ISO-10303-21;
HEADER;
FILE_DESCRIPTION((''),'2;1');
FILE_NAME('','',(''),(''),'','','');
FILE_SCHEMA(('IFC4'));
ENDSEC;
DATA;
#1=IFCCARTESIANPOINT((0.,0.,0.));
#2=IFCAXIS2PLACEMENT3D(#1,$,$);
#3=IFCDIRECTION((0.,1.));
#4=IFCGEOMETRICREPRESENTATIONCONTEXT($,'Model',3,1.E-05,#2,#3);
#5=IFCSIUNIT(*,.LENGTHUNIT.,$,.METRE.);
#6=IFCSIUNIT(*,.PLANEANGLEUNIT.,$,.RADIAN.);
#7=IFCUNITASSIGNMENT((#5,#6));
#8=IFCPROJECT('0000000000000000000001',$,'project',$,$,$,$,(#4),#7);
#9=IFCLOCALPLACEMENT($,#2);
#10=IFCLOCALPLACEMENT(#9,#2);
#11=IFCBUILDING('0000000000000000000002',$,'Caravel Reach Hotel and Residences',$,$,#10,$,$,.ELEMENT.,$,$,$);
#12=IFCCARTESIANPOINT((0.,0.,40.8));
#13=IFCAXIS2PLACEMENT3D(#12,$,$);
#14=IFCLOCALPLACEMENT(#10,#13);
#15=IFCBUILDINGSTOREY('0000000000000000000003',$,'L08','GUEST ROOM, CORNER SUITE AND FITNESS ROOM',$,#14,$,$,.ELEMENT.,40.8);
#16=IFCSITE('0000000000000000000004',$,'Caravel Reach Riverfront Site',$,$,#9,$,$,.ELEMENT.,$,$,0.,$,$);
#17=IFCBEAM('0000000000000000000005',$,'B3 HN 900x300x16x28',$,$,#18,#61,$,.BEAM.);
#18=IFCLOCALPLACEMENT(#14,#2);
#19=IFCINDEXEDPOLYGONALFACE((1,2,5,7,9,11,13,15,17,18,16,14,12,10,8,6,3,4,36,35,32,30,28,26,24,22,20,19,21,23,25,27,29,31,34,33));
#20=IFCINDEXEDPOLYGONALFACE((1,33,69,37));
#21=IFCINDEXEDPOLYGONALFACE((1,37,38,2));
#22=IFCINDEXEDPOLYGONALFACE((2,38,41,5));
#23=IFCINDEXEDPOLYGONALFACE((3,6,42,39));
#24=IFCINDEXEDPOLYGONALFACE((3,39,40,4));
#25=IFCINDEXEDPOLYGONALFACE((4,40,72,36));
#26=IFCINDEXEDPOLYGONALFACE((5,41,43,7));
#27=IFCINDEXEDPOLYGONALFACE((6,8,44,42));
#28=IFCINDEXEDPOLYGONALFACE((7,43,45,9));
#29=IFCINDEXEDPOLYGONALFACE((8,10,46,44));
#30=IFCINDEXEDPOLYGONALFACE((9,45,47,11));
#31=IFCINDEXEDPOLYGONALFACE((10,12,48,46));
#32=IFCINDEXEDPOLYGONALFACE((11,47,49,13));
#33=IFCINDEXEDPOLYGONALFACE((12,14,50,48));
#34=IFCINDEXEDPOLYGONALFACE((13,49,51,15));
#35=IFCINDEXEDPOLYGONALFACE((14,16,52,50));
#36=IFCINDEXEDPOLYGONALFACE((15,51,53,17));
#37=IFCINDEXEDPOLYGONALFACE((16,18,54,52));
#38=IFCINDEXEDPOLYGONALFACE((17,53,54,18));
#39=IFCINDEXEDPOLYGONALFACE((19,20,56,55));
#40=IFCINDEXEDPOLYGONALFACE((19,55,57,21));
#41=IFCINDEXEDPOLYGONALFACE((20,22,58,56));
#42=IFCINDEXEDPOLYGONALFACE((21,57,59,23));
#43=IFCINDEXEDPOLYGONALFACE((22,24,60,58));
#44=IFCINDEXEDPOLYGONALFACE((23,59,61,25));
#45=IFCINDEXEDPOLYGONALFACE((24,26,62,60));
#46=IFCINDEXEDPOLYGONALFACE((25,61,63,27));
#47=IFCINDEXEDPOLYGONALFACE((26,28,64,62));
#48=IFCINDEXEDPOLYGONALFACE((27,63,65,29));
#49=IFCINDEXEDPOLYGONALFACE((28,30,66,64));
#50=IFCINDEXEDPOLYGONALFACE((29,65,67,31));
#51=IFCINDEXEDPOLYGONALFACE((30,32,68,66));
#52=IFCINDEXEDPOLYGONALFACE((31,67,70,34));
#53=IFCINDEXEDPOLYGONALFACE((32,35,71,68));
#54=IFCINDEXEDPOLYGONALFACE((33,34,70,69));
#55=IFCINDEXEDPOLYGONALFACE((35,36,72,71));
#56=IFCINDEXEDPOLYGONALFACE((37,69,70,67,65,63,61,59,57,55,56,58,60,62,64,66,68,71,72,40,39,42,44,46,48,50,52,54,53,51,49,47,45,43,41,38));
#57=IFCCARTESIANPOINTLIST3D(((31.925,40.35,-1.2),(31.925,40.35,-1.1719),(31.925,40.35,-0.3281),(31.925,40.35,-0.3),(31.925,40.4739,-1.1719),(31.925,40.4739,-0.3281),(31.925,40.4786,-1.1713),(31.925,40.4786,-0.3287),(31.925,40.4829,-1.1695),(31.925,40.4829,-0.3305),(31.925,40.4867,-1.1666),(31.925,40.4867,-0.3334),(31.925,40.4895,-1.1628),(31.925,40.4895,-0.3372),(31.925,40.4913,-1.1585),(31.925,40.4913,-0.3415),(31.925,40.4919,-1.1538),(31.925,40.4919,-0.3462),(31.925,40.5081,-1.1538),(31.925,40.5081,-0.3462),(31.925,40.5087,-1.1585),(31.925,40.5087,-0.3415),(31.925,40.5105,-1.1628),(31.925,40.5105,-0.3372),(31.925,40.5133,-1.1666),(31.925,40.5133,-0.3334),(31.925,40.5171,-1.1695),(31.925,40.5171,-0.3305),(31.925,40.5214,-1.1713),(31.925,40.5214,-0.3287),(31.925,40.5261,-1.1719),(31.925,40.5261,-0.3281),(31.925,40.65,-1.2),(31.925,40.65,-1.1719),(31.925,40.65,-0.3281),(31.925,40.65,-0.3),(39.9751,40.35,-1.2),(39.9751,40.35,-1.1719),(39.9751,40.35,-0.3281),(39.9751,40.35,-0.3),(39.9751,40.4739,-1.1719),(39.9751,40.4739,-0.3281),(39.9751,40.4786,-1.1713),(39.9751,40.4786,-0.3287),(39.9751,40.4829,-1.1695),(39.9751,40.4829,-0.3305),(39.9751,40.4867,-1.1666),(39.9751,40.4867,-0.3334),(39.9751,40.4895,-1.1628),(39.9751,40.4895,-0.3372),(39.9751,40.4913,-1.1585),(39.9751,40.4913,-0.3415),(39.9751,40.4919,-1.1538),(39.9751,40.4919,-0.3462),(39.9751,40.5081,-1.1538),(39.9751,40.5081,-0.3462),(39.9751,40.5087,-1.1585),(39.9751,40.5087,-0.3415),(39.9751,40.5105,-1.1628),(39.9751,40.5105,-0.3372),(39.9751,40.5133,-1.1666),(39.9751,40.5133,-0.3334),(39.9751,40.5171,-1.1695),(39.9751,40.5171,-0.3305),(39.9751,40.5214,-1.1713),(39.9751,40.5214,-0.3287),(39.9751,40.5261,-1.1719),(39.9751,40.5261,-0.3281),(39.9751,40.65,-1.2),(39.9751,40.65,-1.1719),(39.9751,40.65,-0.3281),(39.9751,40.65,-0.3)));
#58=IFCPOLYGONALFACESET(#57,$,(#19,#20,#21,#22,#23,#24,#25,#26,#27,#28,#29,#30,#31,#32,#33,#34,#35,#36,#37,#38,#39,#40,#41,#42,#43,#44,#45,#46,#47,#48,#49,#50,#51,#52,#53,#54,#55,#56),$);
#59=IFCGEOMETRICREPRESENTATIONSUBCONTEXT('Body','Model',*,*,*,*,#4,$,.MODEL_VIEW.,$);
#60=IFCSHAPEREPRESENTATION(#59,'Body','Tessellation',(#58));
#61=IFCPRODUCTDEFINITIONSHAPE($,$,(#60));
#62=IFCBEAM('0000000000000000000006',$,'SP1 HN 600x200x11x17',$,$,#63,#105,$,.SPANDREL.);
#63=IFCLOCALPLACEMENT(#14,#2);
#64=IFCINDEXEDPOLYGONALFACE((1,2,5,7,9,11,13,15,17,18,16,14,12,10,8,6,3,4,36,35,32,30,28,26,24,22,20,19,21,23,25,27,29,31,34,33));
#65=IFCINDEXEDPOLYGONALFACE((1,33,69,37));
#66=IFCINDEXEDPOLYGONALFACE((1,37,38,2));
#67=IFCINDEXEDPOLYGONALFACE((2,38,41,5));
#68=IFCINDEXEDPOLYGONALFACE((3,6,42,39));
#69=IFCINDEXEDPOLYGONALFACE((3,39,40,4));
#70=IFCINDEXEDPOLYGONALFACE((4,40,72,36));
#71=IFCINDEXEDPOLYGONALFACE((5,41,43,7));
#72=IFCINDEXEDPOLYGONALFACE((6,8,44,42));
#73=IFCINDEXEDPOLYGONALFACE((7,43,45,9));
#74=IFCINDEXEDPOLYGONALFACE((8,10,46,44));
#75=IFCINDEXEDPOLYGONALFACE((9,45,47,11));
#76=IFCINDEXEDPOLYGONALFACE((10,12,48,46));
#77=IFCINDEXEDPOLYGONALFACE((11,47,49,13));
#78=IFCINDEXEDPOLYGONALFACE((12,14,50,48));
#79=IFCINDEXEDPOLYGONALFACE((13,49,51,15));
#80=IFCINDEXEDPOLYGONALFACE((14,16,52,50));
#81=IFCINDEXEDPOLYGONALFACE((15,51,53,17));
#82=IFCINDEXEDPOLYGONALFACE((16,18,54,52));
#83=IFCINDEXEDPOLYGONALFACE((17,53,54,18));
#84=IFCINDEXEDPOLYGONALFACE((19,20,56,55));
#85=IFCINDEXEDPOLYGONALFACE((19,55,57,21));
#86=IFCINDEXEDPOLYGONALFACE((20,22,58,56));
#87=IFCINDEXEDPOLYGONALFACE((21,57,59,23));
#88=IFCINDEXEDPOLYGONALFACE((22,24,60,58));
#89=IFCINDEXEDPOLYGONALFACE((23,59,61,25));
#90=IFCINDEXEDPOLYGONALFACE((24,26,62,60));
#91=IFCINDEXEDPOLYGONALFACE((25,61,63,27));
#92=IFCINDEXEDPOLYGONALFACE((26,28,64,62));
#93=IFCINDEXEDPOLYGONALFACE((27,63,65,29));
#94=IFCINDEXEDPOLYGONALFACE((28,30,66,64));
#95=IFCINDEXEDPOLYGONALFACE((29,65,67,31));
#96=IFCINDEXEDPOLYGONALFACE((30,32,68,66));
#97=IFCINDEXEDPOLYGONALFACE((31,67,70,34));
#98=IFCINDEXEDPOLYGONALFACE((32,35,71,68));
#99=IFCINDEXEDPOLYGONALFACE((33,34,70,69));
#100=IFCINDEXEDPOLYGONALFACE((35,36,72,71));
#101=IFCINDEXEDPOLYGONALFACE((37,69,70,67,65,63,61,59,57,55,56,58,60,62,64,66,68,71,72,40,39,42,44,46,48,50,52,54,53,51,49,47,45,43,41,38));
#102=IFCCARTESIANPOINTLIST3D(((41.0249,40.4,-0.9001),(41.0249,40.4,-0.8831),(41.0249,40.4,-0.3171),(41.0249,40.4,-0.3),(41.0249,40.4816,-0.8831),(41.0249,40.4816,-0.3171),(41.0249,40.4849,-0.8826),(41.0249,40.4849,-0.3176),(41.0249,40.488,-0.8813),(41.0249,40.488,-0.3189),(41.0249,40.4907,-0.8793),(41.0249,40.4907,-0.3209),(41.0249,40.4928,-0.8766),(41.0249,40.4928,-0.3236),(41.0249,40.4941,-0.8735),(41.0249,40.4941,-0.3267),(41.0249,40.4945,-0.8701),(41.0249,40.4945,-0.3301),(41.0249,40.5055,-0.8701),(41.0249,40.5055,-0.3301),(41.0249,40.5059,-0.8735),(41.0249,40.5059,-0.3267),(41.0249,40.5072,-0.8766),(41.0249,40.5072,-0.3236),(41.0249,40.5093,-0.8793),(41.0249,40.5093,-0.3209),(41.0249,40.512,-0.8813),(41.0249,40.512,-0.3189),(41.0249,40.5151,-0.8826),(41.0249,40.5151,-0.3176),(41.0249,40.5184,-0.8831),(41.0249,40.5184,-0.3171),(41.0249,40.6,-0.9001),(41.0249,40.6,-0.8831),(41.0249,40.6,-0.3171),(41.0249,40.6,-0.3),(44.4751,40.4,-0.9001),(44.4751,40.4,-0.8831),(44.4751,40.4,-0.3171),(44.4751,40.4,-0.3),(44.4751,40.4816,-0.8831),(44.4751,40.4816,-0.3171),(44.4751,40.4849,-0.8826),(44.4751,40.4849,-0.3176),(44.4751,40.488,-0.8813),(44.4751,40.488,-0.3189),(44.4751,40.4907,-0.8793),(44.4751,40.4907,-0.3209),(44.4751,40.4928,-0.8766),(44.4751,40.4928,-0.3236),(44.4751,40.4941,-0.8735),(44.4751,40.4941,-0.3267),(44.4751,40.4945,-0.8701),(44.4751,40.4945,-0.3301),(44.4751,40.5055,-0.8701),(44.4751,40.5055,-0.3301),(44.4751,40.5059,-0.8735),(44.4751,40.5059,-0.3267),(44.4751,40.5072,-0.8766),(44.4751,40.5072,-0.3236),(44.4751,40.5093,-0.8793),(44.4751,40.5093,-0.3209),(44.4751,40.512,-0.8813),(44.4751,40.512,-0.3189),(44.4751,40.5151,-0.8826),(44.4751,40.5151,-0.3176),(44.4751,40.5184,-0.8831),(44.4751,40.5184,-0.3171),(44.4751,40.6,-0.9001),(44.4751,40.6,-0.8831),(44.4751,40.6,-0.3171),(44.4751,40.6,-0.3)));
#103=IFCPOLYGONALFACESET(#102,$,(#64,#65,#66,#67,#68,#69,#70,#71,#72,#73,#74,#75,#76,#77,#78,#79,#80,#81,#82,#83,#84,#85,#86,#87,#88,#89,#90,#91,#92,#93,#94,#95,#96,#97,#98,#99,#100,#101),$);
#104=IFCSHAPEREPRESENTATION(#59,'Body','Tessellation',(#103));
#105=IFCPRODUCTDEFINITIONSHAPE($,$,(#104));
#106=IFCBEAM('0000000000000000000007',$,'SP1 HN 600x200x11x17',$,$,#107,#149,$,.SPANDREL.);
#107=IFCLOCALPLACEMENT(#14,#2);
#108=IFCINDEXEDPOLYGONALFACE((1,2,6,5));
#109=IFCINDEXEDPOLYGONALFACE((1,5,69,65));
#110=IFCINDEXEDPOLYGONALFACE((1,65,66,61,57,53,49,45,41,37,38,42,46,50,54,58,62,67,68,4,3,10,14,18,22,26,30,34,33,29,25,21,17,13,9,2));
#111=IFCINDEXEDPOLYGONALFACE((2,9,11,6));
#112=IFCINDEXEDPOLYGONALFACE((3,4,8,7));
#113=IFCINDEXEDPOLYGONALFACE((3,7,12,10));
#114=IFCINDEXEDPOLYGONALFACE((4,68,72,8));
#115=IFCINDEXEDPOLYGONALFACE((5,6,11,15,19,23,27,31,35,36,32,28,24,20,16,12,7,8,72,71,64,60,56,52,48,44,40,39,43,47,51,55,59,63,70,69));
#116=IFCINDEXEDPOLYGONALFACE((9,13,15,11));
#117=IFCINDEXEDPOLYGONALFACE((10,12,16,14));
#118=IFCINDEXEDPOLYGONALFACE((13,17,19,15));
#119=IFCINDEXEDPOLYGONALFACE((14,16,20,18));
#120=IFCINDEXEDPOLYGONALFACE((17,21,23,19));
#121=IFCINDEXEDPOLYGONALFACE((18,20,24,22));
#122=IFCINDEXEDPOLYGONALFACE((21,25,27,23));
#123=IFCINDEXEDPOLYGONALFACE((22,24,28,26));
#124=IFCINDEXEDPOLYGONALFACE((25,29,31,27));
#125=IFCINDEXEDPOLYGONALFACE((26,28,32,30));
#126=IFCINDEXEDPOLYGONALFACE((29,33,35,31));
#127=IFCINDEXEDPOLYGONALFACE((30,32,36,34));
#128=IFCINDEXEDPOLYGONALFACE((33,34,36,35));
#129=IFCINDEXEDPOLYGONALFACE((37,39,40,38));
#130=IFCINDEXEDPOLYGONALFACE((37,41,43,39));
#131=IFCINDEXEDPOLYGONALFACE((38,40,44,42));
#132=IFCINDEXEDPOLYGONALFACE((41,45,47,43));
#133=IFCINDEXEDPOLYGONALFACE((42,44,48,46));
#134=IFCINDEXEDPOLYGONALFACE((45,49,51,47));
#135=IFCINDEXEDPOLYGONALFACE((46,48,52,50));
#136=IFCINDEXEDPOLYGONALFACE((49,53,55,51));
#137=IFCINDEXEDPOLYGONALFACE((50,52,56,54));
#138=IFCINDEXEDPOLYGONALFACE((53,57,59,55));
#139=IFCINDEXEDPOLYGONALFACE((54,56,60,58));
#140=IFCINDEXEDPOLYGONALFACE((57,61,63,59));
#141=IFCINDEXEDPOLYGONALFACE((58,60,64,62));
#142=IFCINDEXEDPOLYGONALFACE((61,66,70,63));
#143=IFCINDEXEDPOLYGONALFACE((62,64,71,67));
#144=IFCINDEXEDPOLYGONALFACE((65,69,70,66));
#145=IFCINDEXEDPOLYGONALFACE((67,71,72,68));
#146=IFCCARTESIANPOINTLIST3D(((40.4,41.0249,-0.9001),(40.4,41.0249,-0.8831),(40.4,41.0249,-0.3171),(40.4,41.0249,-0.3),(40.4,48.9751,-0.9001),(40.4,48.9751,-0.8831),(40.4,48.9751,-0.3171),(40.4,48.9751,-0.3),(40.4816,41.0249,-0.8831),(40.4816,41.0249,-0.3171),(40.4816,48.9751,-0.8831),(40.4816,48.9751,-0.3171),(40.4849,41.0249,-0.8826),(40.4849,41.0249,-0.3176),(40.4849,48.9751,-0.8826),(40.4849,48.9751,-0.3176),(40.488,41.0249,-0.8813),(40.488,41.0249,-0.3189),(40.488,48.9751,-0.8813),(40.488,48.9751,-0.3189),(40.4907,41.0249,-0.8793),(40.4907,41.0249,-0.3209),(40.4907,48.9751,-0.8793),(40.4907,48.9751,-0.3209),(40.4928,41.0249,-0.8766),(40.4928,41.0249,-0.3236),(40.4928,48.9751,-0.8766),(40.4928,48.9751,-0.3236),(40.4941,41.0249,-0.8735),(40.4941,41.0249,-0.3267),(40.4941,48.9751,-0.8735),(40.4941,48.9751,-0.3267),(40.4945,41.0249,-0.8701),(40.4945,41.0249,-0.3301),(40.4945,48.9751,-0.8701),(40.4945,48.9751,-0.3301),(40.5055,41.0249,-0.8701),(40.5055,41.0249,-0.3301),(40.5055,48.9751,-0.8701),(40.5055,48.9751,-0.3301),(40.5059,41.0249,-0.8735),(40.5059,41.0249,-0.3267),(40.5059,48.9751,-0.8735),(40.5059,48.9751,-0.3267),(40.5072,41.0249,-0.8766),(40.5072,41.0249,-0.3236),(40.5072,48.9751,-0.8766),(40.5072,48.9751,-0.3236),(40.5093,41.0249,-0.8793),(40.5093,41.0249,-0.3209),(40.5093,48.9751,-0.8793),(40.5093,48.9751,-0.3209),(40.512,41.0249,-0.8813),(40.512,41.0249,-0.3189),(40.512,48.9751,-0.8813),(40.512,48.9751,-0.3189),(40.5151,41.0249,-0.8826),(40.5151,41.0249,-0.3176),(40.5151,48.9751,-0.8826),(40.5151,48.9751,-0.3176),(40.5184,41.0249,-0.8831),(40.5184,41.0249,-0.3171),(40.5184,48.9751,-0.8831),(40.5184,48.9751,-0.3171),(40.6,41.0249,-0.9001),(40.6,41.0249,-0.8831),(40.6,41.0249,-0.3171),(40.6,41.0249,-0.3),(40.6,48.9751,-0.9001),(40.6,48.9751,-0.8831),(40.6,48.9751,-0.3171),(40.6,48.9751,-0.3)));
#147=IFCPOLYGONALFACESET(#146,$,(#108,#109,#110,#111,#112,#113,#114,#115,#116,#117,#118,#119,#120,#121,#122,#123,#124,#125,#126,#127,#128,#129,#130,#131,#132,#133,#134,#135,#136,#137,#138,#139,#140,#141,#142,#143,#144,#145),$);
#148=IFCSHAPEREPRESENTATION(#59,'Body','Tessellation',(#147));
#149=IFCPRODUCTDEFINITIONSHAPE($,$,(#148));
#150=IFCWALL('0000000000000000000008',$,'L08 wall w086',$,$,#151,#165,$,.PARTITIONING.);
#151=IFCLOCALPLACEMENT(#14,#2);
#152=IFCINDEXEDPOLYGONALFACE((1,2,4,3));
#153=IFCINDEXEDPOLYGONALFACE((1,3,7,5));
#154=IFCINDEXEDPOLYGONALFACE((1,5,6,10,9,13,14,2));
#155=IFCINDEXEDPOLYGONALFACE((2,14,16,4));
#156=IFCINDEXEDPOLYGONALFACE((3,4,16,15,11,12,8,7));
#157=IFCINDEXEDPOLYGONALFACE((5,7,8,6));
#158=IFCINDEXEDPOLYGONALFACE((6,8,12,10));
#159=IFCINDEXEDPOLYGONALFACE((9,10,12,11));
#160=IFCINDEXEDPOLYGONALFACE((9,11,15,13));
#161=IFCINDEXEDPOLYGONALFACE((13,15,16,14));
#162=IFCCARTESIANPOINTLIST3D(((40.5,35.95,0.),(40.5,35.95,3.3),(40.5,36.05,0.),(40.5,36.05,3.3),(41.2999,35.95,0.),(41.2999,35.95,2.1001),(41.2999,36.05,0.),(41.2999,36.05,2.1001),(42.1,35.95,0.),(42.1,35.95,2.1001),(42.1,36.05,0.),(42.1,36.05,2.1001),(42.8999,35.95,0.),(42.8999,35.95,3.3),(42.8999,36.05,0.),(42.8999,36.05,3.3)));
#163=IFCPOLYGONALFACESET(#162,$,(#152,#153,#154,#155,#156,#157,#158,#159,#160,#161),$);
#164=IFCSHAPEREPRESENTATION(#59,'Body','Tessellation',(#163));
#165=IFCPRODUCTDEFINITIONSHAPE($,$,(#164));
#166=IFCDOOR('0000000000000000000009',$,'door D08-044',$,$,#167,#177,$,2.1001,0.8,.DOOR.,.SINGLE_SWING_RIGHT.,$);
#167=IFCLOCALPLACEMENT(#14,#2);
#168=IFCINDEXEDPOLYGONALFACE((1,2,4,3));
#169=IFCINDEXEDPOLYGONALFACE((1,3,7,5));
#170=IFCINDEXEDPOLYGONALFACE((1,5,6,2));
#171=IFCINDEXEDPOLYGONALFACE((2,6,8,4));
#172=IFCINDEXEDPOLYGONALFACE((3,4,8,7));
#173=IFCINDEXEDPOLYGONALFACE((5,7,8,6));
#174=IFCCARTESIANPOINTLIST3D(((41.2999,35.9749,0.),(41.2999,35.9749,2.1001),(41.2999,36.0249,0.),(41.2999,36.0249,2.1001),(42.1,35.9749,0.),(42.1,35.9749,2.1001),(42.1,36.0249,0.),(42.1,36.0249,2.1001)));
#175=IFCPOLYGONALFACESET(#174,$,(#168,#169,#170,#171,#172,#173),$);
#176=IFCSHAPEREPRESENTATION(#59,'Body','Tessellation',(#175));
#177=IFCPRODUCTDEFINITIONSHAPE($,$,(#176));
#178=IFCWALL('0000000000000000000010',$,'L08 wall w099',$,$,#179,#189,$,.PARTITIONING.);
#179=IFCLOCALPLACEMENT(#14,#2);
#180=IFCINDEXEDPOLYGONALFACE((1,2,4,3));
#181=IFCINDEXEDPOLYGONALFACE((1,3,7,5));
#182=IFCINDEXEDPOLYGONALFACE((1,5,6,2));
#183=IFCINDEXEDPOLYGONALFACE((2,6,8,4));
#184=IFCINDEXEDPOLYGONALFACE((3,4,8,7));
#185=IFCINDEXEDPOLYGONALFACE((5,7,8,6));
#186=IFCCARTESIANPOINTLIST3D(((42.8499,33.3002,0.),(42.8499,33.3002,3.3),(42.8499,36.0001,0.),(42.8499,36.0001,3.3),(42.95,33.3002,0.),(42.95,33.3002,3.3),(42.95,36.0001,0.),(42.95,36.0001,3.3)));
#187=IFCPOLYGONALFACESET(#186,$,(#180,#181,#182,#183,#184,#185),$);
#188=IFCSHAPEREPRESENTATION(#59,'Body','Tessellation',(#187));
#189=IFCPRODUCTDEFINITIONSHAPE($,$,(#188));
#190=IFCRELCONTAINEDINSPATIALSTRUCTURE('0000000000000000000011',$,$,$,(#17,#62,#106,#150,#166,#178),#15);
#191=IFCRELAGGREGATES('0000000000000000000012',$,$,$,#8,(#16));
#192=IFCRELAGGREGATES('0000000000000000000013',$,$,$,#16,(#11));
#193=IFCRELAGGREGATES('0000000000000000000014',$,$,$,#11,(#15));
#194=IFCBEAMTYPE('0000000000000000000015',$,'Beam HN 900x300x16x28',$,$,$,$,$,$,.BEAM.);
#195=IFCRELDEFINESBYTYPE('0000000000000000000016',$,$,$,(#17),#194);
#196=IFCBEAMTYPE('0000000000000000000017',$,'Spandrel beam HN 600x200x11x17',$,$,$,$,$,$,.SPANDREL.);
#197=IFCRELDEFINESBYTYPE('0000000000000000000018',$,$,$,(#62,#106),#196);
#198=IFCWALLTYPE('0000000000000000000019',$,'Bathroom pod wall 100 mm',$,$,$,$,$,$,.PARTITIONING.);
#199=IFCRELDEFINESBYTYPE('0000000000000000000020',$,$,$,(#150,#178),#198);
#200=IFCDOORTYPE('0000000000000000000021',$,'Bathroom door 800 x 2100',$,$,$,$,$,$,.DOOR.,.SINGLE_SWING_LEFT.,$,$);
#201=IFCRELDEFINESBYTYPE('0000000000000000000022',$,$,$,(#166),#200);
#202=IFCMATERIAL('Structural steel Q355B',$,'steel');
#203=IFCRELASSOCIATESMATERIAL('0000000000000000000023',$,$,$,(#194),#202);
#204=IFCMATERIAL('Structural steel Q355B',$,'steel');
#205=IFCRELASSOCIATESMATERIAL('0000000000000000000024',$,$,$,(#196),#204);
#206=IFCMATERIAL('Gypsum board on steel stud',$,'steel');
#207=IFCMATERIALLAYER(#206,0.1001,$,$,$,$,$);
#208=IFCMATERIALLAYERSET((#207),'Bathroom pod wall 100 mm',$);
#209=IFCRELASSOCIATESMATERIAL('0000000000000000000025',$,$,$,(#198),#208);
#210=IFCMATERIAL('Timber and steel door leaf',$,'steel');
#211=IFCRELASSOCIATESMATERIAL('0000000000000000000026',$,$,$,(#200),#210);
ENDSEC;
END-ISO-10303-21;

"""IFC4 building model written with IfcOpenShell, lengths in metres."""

from ifc_helpers import new_model, si_unit, direction, frame, frame_2d, origin, origin_2d, place, context, subcontext, project, spatial, rectangle, i_section, extrude, material, layer, layer_set, material_profile, profile_set, type_object, element, fill, save


model = new_model("IFC4")

# Units and contexts
model_context = context("Model", 3, precision=1e-05, world=origin(), true_north=direction((0.0, 1.0)))
body_context = subcontext(model_context, "Body", "Model", "MODEL_VIEW")
ifc_project = project(units=[si_unit("LENGTHUNIT", "METRE"), si_unit("PLANEANGLEUNIT", "RADIAN")], contexts=[model_context])

# Site, building, storey
site_placement = place(None, origin())
site = spatial("IfcSite", under=ifc_project, at=site_placement, Name="Caravel Reach Riverfront Site", CompositionType="ELEMENT", RefElevation=0.0)
building_placement = place(site_placement, origin())
building = spatial("IfcBuilding", under=site, at=building_placement, Name="Caravel Reach Hotel and Residences", CompositionType="ELEMENT")
storey_placement = place(building_placement, frame((0.0, 0.0, 40.8)))
storey = spatial("IfcBuildingStorey", under=building, at=storey_placement, Name="L08", Description="GUEST ROOM, CORNER SUITE AND FITNESS ROOM", CompositionType="ELEMENT", Elevation=40.8)

# Beams
ifc_material_1 = material(Name="Structural steel Q355B", Category="steel")
ifc_material_profile_1 = material_profile(ifc_material_1, i_section(OverallWidth=0.3, OverallDepth=0.8999, WebThickness=0.0161, FlangeThickness=0.0281, FilletRadius=0.0181, at=origin_2d()), Name="HN 900x300x16x28")
ifc_profile_set_1 = profile_set([ifc_material_profile_1], Name="Structural steel Q355B")
beam_type_1 = type_object("IfcBeamType", Name="Beam HN 900x300x16x28", PredefinedType="BEAM", material=ifc_profile_set_1)
beam_1_placement = place(storey_placement, frame((31.925, 40.5, -0.75), z_axis=(1.0, 0.0, 0.0), x_axis=(0.0, 1.0, 0.0)))
element("IfcBeam", 1, at=beam_1_placement, inside=storey, type_object=beam_type_1, Name="B3 HN 900x300x16x28", PredefinedType="BEAM", context=body_context, shape_type="SweptSolid", body=[
    extrude(i_section(OverallWidth=0.3, OverallDepth=0.8999, WebThickness=0.0161, FlangeThickness=0.0281, FilletRadius=0.0181, at=origin_2d()), origin(), (0.0, 0.0, 1.0), 8.05),
])
ifc_material_2 = material(Name="Structural steel Q355B", Category="steel")
ifc_material_profile_2 = material_profile(ifc_material_2, i_section(OverallWidth=0.2, OverallDepth=0.6001, WebThickness=0.011, FlangeThickness=0.0171, FilletRadius=0.0129, at=origin_2d()), Name="HN 600x200x11x17")
ifc_profile_set_2 = profile_set([ifc_material_profile_2], Name="Structural steel Q355B")
beam_type_2 = type_object("IfcBeamType", Name="Spandrel beam HN 600x200x11x17", PredefinedType="SPANDREL", material=ifc_profile_set_2)
beam_2_placement = place(storey_placement, frame((44.4751, 40.5, -0.6001), z_axis=(-1.0, 0.0, 0.0), x_axis=(0.0, -1.0, 0.0)))
element("IfcBeam", 2, at=beam_2_placement, inside=storey, type_object=beam_type_2, Name="SP1 HN 600x200x11x17", PredefinedType="SPANDREL", context=body_context, shape_type="SweptSolid", body=[
    extrude(i_section(OverallWidth=0.2, OverallDepth=0.6001, WebThickness=0.011, FlangeThickness=0.0171, FilletRadius=0.0129, at=origin_2d()), origin(), (0.0, 0.0, 1.0), 3.4502),
])
beam_3_placement = place(storey_placement, frame((40.5, 41.0249, -0.6001), z_axis=(0.0, 1.0, 0.0), x_axis=(-1.0, 0.0, 0.0)))
element("IfcBeam", 3, at=beam_3_placement, inside=storey, type_object=beam_type_2, Name="SP1 HN 600x200x11x17", PredefinedType="SPANDREL", context=body_context, shape_type="SweptSolid", body=[
    extrude(i_section(OverallWidth=0.2, OverallDepth=0.6001, WebThickness=0.011, FlangeThickness=0.0171, FilletRadius=0.0129, at=origin_2d()), origin(), (0.0, 0.0, 1.0), 7.9502),
])

# Wall, opening, door
ifc_material_3 = material(Name="Gypsum board on steel stud", Category="steel")
ifc_layer_1 = layer(ifc_material_3, 0.1001)
ifc_layer_set_1 = layer_set([ifc_layer_1], Name="Bathroom pod wall 100 mm")
wall_type_1 = type_object("IfcWallType", Name="Bathroom pod wall 100 mm", PredefinedType="PARTITIONING", material=ifc_layer_set_1)
wall_1_placement = place(storey_placement, frame((40.5, 36.0, 0.0), z_axis=(0.0, 0.0, 1.0), x_axis=(1.0, 0.0, 0.0)))
wall_1 = element("IfcWall", 4, at=wall_1_placement, inside=storey, type_object=wall_type_1, Name="L08 wall w086", PredefinedType="PARTITIONING", context=body_context, shape_type="SweptSolid", body=[
    extrude(rectangle(XDim=2.3999, YDim=0.1001, at=frame_2d((1.2, 0.0))), origin(), (0.0, 0.0, 1.0), 3.3),
])
opening_1_placement = place(wall_1_placement, frame((0.8, 0.0, 0.0)))
opening_1 = element("IfcOpeningElement", 5, at=opening_1_placement, cuts=wall_1, PredefinedType="OPENING", context=body_context, shape_type="SweptSolid", body=[
    extrude(rectangle(XDim=0.8, YDim=2.1001, at=frame_2d((0.3999, 1.05))), frame((0.0, 0.0601, 0.0), z_axis=(0.0, -1.0, 0.0), x_axis=(1.0, 0.0, 0.0)), (0.0, 0.0, 1.0), 0.1201),
])
ifc_material_4 = material(Name="Timber and steel door leaf", Category="steel")
door_type_1 = type_object("IfcDoorType", Name="Bathroom door 800 x 2100", OperationType="SINGLE_SWING_LEFT", PredefinedType="DOOR", material=ifc_material_4)
door_1_placement = place(opening_1_placement, origin())
door_1 = element("IfcDoor", 6, at=door_1_placement, inside=storey, type_object=door_type_1, Name="door D08-044", OperationType="SINGLE_SWING_RIGHT", OverallHeight=2.1001, OverallWidth=0.8, PredefinedType="DOOR", context=body_context, shape_type="SweptSolid", body=[
    extrude(rectangle(XDim=0.8, YDim=2.1001, at=frame_2d((0.3999, 1.05))), frame((0.0, 0.0249, 0.0), z_axis=(0.0, -1.0, 0.0), x_axis=(1.0, 0.0, 0.0)), (0.0, 0.0, 1.0), 0.05),
])
fill(opening_1, door_1)

# Wall
wall_2_placement = place(storey_placement, frame((42.8999, 33.3, 0.0), z_axis=(0.0, 0.0, 1.0), x_axis=(0.0, 1.0, 0.0)))
element("IfcWall", 7, at=wall_2_placement, inside=storey, type_object=wall_type_1, Name="L08 wall w099", PredefinedType="PARTITIONING", context=body_context, shape_type="SweptSolid", body=[
    extrude(rectangle(XDim=2.7, YDim=0.1001, at=frame_2d((1.3501, 0.0))), origin(), (0.0, 0.0, 1.0), 3.3),
])

save(model, "model.ifc")
